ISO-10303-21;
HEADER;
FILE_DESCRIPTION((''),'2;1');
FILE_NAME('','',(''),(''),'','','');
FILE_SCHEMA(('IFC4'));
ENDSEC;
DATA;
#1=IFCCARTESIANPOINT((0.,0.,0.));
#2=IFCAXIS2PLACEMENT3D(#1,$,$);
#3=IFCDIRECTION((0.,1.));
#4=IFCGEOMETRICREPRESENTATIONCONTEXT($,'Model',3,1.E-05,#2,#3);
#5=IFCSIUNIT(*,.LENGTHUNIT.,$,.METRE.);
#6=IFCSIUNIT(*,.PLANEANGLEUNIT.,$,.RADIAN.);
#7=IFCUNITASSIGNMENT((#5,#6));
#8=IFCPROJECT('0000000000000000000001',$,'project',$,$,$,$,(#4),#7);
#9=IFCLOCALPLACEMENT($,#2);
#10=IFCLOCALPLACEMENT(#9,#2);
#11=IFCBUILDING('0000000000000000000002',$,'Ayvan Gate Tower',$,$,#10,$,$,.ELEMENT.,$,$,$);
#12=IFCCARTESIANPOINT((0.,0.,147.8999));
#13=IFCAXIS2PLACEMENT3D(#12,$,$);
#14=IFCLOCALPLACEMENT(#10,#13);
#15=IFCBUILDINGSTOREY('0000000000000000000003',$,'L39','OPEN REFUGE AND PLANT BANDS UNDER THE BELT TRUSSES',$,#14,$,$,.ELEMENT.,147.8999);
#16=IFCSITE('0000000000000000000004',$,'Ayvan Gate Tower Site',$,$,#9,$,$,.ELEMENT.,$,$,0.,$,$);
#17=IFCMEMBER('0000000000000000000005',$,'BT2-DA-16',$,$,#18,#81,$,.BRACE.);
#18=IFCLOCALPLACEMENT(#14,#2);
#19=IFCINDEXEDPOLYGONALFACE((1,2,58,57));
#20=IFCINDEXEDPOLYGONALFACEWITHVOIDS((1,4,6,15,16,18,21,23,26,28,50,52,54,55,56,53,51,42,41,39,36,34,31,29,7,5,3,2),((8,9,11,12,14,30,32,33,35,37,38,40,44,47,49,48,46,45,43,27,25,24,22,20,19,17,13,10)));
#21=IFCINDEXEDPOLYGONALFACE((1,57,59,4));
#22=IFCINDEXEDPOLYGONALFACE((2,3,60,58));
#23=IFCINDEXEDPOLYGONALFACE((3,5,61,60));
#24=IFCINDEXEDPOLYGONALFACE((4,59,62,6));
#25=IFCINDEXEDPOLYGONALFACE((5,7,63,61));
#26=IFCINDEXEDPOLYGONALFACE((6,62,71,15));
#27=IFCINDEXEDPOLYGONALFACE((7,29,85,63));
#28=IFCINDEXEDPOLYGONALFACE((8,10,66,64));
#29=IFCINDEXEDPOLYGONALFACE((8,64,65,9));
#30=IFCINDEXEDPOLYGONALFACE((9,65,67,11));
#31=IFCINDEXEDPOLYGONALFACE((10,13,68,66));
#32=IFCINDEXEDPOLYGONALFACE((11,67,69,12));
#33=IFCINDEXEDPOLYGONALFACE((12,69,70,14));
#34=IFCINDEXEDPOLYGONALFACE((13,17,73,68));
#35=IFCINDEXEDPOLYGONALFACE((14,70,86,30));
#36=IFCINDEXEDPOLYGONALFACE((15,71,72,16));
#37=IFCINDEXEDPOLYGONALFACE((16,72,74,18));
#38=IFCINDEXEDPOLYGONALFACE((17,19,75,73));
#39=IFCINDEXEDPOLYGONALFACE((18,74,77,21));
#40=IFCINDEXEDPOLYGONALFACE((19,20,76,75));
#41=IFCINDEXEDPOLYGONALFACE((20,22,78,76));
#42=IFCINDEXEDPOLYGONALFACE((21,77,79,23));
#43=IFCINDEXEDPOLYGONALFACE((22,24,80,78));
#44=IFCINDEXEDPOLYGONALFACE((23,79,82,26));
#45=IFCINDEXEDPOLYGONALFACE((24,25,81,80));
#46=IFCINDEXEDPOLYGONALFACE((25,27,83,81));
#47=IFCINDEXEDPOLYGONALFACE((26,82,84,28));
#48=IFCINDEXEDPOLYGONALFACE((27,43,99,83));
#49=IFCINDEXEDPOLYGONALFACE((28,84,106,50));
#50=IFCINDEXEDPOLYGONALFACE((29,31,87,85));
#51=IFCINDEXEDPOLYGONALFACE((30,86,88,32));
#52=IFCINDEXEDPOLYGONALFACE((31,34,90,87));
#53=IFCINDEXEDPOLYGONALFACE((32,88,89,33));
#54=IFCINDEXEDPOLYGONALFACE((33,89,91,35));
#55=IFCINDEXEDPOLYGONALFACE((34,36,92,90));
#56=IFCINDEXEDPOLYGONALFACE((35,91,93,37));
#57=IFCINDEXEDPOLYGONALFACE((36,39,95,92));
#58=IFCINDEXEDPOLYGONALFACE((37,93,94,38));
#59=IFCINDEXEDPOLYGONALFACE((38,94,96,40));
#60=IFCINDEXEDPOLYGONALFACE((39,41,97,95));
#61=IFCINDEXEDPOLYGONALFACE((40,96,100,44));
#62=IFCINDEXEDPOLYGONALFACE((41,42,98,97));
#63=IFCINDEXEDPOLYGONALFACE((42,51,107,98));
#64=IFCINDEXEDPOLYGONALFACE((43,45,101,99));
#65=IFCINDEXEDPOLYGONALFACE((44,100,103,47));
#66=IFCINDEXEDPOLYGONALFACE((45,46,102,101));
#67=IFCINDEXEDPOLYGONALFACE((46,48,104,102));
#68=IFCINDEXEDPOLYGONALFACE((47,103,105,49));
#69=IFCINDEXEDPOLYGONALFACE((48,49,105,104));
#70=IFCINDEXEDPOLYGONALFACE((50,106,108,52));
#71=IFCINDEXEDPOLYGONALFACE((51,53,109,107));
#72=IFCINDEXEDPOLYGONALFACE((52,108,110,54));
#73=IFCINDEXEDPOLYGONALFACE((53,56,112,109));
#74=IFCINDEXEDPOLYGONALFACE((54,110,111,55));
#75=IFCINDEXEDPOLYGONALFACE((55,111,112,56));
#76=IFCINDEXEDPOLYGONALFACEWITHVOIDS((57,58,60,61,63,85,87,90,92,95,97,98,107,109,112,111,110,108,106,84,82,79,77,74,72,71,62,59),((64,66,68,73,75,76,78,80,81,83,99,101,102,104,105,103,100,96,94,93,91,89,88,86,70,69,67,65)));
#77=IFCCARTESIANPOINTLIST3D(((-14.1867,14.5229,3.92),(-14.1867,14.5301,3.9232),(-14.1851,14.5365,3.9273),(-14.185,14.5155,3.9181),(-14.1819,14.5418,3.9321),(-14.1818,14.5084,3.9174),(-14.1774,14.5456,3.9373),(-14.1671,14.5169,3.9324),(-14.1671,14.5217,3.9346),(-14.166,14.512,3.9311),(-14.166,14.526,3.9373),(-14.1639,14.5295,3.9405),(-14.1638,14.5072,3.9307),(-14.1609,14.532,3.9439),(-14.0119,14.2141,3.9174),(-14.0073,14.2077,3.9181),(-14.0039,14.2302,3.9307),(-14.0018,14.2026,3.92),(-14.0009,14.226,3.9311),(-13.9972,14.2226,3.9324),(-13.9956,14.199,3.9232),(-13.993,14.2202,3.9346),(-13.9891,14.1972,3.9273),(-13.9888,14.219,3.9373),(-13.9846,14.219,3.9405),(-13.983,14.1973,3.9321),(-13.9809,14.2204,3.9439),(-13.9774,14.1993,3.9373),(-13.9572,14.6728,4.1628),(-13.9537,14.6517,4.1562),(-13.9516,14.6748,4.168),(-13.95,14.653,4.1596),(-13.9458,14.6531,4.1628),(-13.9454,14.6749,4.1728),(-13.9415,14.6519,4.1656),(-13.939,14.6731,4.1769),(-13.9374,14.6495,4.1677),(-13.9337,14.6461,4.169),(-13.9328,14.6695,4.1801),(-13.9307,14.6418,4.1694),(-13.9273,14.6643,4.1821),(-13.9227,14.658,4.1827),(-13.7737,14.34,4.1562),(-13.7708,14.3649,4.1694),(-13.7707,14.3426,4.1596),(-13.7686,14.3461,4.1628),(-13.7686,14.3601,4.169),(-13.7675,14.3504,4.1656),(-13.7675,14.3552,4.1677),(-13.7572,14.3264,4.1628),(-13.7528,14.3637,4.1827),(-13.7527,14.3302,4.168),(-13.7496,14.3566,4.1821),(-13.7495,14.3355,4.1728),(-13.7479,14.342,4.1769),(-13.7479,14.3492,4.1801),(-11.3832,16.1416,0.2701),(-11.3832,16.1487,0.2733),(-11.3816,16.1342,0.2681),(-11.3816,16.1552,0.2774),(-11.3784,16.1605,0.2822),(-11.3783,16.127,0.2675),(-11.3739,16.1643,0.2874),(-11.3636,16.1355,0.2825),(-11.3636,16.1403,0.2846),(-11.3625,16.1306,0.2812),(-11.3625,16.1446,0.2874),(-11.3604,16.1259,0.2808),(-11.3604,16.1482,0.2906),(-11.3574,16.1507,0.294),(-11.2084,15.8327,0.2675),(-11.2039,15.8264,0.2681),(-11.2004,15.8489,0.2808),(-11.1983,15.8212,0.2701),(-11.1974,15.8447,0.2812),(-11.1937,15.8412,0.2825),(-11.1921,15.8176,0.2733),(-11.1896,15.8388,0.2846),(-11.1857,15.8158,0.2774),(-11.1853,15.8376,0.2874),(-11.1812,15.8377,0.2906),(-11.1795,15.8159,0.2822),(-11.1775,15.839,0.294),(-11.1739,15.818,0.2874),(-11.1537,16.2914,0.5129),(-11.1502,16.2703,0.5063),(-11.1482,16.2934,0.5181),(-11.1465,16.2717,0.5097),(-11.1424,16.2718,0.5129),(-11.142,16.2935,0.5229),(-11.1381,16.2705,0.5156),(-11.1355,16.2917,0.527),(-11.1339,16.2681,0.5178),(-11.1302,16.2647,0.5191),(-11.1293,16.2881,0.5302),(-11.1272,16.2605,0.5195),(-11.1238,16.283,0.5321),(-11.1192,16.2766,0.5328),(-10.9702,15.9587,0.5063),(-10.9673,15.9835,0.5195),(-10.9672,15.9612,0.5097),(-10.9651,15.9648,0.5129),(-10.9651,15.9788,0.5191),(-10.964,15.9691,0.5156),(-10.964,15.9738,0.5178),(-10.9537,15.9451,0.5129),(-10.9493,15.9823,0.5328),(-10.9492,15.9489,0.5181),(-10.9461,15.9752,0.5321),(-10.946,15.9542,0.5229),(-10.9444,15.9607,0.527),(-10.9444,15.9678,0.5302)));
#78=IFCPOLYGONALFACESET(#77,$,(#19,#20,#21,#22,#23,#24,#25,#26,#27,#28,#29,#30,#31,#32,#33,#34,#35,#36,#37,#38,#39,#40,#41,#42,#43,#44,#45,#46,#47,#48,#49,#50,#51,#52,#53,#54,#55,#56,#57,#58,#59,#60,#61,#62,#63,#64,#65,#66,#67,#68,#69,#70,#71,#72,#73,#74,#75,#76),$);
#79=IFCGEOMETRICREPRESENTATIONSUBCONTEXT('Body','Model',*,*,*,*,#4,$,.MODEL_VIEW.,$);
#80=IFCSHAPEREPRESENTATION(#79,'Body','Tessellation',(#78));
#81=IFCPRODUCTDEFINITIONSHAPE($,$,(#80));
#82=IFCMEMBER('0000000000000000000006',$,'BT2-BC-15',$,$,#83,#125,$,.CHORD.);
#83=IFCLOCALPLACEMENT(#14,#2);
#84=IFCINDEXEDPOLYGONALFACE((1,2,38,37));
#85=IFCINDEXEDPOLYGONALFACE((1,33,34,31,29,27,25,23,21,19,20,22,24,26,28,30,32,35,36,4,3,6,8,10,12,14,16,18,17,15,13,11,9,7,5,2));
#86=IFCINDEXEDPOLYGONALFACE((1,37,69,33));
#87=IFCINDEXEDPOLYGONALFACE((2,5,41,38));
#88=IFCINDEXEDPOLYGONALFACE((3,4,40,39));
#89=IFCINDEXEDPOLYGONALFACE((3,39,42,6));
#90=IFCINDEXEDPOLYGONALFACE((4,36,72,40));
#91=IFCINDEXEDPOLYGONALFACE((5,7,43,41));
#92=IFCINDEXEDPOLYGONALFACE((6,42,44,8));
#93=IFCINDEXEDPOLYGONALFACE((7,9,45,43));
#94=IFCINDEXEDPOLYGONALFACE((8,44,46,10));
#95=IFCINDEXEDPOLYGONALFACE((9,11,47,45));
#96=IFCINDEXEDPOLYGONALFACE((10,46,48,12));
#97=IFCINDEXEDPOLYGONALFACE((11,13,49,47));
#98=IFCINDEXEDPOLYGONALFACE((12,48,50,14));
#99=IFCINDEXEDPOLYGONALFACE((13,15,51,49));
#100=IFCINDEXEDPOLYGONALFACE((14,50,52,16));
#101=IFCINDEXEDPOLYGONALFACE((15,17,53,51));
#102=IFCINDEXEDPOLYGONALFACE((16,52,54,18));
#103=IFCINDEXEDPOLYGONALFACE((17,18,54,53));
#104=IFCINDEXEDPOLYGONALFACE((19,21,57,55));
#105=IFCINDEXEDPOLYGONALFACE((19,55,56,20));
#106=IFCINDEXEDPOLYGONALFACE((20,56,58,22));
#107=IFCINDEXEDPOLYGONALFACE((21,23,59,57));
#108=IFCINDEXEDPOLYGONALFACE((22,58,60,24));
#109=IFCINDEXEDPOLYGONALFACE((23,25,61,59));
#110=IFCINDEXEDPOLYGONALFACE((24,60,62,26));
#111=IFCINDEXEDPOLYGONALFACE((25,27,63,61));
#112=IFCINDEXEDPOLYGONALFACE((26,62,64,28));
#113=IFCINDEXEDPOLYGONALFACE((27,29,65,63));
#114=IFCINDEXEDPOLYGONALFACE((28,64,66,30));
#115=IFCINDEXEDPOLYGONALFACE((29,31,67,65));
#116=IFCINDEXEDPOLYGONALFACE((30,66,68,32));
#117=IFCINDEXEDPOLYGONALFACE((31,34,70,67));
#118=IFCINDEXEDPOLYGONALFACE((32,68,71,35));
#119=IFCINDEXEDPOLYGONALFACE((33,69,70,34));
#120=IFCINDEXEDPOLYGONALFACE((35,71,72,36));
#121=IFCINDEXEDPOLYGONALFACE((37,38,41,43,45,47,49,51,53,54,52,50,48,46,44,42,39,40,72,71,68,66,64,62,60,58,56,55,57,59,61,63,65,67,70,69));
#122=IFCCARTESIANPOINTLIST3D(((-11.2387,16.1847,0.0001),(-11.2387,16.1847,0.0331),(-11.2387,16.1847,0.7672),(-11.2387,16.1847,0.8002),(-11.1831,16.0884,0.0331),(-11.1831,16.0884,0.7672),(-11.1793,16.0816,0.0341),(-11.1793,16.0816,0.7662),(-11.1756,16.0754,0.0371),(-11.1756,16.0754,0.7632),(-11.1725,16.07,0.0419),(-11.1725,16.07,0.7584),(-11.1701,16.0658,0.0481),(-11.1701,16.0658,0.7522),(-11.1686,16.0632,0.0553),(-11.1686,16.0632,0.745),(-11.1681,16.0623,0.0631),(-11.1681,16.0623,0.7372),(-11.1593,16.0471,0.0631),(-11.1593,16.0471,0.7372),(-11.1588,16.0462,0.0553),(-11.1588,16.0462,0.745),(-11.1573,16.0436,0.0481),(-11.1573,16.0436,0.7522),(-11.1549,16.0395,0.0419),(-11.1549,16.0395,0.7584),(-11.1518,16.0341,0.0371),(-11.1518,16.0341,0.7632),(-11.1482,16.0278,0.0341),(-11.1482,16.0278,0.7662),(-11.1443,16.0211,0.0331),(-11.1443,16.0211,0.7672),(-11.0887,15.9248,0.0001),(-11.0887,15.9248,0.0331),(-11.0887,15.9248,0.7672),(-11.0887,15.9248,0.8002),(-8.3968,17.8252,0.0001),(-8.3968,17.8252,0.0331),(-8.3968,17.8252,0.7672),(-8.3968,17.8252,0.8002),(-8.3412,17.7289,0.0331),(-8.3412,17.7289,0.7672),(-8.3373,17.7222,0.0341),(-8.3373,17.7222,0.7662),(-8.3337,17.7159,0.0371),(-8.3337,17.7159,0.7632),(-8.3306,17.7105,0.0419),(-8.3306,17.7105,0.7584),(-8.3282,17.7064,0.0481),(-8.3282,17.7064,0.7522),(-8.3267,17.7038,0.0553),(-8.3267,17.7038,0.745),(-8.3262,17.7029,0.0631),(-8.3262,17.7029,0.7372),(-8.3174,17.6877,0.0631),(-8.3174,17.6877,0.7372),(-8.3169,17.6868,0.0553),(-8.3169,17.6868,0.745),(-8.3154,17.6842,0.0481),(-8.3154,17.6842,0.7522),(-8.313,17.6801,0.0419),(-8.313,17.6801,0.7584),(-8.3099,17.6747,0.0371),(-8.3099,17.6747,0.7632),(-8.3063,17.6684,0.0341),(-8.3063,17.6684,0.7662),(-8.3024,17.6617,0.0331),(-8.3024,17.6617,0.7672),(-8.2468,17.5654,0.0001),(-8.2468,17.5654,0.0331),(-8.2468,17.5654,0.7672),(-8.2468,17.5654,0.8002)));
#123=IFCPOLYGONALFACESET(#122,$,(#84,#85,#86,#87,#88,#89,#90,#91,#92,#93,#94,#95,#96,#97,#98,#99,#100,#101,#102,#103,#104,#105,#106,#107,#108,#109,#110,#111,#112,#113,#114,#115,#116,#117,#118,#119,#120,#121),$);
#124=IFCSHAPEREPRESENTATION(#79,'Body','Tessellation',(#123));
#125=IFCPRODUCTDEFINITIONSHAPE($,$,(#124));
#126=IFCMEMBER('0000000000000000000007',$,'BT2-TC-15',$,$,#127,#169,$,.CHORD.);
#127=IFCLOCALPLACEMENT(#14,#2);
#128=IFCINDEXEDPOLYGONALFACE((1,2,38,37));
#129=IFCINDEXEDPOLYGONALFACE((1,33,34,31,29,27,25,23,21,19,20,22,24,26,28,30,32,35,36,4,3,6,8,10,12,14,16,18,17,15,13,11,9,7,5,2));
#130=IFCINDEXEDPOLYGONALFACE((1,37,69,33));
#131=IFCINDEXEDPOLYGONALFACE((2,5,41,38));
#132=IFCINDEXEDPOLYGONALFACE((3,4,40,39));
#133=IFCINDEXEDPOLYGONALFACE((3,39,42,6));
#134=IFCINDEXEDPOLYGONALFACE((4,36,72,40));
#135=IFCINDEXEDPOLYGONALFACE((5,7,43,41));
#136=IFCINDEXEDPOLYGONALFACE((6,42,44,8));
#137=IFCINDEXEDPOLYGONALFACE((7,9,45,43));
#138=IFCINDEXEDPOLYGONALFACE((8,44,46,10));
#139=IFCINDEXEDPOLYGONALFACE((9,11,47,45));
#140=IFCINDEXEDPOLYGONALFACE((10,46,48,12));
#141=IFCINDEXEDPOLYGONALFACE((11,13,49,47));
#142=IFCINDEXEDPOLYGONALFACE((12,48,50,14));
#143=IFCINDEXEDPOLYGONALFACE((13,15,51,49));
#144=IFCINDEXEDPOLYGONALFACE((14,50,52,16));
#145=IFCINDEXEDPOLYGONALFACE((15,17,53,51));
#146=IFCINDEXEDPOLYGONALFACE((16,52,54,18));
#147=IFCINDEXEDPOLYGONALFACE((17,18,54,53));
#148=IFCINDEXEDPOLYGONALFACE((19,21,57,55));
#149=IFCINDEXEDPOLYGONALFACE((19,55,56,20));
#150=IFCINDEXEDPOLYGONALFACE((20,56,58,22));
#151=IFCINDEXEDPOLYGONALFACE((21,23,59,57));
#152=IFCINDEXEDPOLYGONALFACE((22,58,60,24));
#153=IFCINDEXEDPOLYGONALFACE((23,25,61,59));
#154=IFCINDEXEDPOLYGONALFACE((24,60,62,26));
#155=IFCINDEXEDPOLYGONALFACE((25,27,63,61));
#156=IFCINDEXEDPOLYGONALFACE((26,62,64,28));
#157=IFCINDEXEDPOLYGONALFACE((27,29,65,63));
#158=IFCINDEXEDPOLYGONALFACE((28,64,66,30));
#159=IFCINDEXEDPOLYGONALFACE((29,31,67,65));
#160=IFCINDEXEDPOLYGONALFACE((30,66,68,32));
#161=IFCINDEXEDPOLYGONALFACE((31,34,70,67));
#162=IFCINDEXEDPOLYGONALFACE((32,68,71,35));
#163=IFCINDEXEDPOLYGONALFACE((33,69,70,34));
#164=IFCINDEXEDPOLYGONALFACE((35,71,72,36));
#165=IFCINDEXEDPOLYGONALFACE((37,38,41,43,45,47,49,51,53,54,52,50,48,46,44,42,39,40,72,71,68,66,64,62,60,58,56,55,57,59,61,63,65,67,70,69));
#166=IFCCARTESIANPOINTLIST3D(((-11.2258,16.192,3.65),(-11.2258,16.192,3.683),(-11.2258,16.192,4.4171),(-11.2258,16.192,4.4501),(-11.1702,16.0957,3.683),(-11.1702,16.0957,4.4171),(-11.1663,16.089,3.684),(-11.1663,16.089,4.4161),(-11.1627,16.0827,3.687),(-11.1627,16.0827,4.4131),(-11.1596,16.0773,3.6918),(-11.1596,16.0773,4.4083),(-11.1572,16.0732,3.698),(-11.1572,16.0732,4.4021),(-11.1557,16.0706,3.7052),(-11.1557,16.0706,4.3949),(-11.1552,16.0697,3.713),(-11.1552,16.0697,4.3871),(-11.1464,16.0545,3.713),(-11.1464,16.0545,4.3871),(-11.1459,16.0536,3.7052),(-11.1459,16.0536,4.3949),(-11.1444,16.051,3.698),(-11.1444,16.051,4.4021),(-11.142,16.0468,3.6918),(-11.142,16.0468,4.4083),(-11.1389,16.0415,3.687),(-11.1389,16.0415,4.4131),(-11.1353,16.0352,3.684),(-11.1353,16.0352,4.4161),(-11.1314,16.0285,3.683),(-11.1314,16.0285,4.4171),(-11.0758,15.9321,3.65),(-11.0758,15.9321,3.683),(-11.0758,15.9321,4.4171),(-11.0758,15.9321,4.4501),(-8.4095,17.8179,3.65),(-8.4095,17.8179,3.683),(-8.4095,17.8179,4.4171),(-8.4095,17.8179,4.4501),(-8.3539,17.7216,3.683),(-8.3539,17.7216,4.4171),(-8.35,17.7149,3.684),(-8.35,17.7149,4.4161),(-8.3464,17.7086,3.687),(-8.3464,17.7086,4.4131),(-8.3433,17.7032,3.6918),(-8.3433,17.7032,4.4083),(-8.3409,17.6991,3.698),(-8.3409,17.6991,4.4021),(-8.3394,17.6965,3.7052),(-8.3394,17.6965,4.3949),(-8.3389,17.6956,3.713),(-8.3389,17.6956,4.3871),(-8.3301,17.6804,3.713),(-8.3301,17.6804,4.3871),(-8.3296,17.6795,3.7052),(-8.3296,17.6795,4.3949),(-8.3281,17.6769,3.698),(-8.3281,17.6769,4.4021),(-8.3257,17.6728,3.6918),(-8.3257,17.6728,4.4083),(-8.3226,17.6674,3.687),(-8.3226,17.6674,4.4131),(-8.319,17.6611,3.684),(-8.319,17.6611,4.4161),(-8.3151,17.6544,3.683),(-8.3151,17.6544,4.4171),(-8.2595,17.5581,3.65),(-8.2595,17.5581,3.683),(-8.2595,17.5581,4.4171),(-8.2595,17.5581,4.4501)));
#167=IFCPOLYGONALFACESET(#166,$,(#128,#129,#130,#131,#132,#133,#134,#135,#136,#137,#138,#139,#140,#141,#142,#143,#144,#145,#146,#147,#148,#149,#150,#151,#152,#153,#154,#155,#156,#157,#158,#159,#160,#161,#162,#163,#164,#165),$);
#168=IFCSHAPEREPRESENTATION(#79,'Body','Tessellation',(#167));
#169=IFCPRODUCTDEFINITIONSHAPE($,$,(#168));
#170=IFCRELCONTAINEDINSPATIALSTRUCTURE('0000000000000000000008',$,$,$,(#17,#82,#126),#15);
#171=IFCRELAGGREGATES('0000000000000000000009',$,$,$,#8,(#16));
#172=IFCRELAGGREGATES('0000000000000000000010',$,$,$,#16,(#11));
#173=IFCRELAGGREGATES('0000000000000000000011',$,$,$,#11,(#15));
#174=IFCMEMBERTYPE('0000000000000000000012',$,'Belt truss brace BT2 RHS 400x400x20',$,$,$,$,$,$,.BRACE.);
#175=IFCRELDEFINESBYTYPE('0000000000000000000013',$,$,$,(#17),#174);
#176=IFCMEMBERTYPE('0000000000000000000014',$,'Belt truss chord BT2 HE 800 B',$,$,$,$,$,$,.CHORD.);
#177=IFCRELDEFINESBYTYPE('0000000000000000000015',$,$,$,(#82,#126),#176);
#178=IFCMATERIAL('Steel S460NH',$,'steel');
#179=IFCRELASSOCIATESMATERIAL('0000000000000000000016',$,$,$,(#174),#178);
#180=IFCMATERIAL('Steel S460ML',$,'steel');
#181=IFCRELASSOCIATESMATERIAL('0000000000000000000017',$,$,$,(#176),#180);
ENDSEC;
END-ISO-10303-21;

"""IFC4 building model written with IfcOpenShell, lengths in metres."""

from ifc_helpers import new_model, si_unit, direction, frame, origin, origin_2d, place, context, subcontext, project, spatial, hollow_rectangle, i_section, extrude, material, material_profile, profile_set, type_object, element, save


model = new_model("IFC4")

# Units and contexts
model_context = context("Model", 3, precision=1e-05, world=origin(), true_north=direction((0.0, 1.0)))
body_context = subcontext(model_context, "Body", "Model", "MODEL_VIEW")
ifc_project = project(units=[si_unit("LENGTHUNIT", "METRE"), si_unit("PLANEANGLEUNIT", "RADIAN")], contexts=[model_context])

# Site, building, storey
site_placement = place(None, origin())
site = spatial("IfcSite", under=ifc_project, at=site_placement, Name="Ayvan Gate Tower Site", CompositionType="ELEMENT", RefElevation=0.0)
building_placement = place(site_placement, origin())
building = spatial("IfcBuilding", under=site, at=building_placement, Name="Ayvan Gate Tower", CompositionType="ELEMENT")
storey_placement = place(building_placement, frame((0.0, 0.0, 147.8999)))
storey = spatial("IfcBuildingStorey", under=building, at=storey_placement, Name="L39", Description="OPEN REFUGE AND PLANT BANDS UNDER THE BELT TRUSSES", CompositionType="ELEMENT", Elevation=147.8999)

# Members
ifc_material_1 = material(Name="Steel S460NH", Category="steel")
ifc_material_profile_1 = material_profile(ifc_material_1, hollow_rectangle(XDim=0.3999, YDim=0.3999, WallThickness=0.02, InnerFilletRadius=0.02, OuterFilletRadius=0.03, at=origin_2d()), Name="RHS 400x400x20")
ifc_profile_set_1 = profile_set([ifc_material_profile_1], Name="Steel S460NH")
member_type_1 = type_object("IfcMemberType", Name="Belt truss brace BT2 RHS 400x400x20", PredefinedType="BRACE", material=ifc_profile_set_1)
member_1_placement = place(storey_placement, frame((-11.1638, 16.0547, 0.4001), z_axis=(-0.57464, -0.331783, 0.748137), x_axis=(0.500016, -0.866016, 0.0)))
element("IfcMember", 1, at=member_1_placement, inside=storey, type_object=member_type_1, Name="BT2-DA-16", PredefinedType="BRACE", context=body_context, shape_type="SweptSolid", body=[
    extrude(hollow_rectangle(XDim=0.3999, YDim=0.3999, WallThickness=0.02, InnerFilletRadius=0.02, OuterFilletRadius=0.03, at=origin_2d()), origin(), (0.0, 0.0, 1.0), 4.8787),
])
ifc_material_2 = material(Name="Steel S460ML", Category="steel")
ifc_material_profile_2 = material_profile(ifc_material_2, i_section(OverallWidth=0.3, OverallDepth=0.8, WebThickness=0.0176, FlangeThickness=0.033, FilletRadius=0.03, at=origin_2d()), Name="HE 800 B")
ifc_profile_set_2 = profile_set([ifc_material_profile_2], Name="Steel S460ML")
member_type_2 = type_object("IfcMemberType", Name="Belt truss chord BT2 HE 800 B", PredefinedType="CHORD", material=ifc_profile_set_2)
member_2_placement = place(storey_placement, frame((-8.3218, 17.6953, 0.4001), z_axis=(-0.866056, -0.499948, 0.0), x_axis=(0.499948, -0.866056, 0.0)))
element("IfcMember", 2, at=member_2_placement, inside=storey, type_object=member_type_2, Name="BT2-BC-15", PredefinedType="CHORD", context=body_context, shape_type="SweptSolid", body=[
    extrude(i_section(OverallWidth=0.3, OverallDepth=0.8, WebThickness=0.0176, FlangeThickness=0.033, FilletRadius=0.03, at=origin_2d()), origin(), (0.0, 0.0, 1.0), 3.2815),
])
member_3_placement = place(storey_placement, frame((-8.3345, 17.688, 4.05), z_axis=(-0.866036, -0.499982, 0.0), x_axis=(0.499982, -0.866036, 0.0)))
element("IfcMember", 3, at=member_3_placement, inside=storey, type_object=member_type_2, Name="BT2-TC-15", PredefinedType="CHORD", context=body_context, shape_type="SweptSolid", body=[
    extrude(i_section(OverallWidth=0.3, OverallDepth=0.8, WebThickness=0.0176, FlangeThickness=0.033, FilletRadius=0.03, at=origin_2d()), origin(), (0.0, 0.0, 1.0), 3.252),
])

save(model, "model.ifc")
